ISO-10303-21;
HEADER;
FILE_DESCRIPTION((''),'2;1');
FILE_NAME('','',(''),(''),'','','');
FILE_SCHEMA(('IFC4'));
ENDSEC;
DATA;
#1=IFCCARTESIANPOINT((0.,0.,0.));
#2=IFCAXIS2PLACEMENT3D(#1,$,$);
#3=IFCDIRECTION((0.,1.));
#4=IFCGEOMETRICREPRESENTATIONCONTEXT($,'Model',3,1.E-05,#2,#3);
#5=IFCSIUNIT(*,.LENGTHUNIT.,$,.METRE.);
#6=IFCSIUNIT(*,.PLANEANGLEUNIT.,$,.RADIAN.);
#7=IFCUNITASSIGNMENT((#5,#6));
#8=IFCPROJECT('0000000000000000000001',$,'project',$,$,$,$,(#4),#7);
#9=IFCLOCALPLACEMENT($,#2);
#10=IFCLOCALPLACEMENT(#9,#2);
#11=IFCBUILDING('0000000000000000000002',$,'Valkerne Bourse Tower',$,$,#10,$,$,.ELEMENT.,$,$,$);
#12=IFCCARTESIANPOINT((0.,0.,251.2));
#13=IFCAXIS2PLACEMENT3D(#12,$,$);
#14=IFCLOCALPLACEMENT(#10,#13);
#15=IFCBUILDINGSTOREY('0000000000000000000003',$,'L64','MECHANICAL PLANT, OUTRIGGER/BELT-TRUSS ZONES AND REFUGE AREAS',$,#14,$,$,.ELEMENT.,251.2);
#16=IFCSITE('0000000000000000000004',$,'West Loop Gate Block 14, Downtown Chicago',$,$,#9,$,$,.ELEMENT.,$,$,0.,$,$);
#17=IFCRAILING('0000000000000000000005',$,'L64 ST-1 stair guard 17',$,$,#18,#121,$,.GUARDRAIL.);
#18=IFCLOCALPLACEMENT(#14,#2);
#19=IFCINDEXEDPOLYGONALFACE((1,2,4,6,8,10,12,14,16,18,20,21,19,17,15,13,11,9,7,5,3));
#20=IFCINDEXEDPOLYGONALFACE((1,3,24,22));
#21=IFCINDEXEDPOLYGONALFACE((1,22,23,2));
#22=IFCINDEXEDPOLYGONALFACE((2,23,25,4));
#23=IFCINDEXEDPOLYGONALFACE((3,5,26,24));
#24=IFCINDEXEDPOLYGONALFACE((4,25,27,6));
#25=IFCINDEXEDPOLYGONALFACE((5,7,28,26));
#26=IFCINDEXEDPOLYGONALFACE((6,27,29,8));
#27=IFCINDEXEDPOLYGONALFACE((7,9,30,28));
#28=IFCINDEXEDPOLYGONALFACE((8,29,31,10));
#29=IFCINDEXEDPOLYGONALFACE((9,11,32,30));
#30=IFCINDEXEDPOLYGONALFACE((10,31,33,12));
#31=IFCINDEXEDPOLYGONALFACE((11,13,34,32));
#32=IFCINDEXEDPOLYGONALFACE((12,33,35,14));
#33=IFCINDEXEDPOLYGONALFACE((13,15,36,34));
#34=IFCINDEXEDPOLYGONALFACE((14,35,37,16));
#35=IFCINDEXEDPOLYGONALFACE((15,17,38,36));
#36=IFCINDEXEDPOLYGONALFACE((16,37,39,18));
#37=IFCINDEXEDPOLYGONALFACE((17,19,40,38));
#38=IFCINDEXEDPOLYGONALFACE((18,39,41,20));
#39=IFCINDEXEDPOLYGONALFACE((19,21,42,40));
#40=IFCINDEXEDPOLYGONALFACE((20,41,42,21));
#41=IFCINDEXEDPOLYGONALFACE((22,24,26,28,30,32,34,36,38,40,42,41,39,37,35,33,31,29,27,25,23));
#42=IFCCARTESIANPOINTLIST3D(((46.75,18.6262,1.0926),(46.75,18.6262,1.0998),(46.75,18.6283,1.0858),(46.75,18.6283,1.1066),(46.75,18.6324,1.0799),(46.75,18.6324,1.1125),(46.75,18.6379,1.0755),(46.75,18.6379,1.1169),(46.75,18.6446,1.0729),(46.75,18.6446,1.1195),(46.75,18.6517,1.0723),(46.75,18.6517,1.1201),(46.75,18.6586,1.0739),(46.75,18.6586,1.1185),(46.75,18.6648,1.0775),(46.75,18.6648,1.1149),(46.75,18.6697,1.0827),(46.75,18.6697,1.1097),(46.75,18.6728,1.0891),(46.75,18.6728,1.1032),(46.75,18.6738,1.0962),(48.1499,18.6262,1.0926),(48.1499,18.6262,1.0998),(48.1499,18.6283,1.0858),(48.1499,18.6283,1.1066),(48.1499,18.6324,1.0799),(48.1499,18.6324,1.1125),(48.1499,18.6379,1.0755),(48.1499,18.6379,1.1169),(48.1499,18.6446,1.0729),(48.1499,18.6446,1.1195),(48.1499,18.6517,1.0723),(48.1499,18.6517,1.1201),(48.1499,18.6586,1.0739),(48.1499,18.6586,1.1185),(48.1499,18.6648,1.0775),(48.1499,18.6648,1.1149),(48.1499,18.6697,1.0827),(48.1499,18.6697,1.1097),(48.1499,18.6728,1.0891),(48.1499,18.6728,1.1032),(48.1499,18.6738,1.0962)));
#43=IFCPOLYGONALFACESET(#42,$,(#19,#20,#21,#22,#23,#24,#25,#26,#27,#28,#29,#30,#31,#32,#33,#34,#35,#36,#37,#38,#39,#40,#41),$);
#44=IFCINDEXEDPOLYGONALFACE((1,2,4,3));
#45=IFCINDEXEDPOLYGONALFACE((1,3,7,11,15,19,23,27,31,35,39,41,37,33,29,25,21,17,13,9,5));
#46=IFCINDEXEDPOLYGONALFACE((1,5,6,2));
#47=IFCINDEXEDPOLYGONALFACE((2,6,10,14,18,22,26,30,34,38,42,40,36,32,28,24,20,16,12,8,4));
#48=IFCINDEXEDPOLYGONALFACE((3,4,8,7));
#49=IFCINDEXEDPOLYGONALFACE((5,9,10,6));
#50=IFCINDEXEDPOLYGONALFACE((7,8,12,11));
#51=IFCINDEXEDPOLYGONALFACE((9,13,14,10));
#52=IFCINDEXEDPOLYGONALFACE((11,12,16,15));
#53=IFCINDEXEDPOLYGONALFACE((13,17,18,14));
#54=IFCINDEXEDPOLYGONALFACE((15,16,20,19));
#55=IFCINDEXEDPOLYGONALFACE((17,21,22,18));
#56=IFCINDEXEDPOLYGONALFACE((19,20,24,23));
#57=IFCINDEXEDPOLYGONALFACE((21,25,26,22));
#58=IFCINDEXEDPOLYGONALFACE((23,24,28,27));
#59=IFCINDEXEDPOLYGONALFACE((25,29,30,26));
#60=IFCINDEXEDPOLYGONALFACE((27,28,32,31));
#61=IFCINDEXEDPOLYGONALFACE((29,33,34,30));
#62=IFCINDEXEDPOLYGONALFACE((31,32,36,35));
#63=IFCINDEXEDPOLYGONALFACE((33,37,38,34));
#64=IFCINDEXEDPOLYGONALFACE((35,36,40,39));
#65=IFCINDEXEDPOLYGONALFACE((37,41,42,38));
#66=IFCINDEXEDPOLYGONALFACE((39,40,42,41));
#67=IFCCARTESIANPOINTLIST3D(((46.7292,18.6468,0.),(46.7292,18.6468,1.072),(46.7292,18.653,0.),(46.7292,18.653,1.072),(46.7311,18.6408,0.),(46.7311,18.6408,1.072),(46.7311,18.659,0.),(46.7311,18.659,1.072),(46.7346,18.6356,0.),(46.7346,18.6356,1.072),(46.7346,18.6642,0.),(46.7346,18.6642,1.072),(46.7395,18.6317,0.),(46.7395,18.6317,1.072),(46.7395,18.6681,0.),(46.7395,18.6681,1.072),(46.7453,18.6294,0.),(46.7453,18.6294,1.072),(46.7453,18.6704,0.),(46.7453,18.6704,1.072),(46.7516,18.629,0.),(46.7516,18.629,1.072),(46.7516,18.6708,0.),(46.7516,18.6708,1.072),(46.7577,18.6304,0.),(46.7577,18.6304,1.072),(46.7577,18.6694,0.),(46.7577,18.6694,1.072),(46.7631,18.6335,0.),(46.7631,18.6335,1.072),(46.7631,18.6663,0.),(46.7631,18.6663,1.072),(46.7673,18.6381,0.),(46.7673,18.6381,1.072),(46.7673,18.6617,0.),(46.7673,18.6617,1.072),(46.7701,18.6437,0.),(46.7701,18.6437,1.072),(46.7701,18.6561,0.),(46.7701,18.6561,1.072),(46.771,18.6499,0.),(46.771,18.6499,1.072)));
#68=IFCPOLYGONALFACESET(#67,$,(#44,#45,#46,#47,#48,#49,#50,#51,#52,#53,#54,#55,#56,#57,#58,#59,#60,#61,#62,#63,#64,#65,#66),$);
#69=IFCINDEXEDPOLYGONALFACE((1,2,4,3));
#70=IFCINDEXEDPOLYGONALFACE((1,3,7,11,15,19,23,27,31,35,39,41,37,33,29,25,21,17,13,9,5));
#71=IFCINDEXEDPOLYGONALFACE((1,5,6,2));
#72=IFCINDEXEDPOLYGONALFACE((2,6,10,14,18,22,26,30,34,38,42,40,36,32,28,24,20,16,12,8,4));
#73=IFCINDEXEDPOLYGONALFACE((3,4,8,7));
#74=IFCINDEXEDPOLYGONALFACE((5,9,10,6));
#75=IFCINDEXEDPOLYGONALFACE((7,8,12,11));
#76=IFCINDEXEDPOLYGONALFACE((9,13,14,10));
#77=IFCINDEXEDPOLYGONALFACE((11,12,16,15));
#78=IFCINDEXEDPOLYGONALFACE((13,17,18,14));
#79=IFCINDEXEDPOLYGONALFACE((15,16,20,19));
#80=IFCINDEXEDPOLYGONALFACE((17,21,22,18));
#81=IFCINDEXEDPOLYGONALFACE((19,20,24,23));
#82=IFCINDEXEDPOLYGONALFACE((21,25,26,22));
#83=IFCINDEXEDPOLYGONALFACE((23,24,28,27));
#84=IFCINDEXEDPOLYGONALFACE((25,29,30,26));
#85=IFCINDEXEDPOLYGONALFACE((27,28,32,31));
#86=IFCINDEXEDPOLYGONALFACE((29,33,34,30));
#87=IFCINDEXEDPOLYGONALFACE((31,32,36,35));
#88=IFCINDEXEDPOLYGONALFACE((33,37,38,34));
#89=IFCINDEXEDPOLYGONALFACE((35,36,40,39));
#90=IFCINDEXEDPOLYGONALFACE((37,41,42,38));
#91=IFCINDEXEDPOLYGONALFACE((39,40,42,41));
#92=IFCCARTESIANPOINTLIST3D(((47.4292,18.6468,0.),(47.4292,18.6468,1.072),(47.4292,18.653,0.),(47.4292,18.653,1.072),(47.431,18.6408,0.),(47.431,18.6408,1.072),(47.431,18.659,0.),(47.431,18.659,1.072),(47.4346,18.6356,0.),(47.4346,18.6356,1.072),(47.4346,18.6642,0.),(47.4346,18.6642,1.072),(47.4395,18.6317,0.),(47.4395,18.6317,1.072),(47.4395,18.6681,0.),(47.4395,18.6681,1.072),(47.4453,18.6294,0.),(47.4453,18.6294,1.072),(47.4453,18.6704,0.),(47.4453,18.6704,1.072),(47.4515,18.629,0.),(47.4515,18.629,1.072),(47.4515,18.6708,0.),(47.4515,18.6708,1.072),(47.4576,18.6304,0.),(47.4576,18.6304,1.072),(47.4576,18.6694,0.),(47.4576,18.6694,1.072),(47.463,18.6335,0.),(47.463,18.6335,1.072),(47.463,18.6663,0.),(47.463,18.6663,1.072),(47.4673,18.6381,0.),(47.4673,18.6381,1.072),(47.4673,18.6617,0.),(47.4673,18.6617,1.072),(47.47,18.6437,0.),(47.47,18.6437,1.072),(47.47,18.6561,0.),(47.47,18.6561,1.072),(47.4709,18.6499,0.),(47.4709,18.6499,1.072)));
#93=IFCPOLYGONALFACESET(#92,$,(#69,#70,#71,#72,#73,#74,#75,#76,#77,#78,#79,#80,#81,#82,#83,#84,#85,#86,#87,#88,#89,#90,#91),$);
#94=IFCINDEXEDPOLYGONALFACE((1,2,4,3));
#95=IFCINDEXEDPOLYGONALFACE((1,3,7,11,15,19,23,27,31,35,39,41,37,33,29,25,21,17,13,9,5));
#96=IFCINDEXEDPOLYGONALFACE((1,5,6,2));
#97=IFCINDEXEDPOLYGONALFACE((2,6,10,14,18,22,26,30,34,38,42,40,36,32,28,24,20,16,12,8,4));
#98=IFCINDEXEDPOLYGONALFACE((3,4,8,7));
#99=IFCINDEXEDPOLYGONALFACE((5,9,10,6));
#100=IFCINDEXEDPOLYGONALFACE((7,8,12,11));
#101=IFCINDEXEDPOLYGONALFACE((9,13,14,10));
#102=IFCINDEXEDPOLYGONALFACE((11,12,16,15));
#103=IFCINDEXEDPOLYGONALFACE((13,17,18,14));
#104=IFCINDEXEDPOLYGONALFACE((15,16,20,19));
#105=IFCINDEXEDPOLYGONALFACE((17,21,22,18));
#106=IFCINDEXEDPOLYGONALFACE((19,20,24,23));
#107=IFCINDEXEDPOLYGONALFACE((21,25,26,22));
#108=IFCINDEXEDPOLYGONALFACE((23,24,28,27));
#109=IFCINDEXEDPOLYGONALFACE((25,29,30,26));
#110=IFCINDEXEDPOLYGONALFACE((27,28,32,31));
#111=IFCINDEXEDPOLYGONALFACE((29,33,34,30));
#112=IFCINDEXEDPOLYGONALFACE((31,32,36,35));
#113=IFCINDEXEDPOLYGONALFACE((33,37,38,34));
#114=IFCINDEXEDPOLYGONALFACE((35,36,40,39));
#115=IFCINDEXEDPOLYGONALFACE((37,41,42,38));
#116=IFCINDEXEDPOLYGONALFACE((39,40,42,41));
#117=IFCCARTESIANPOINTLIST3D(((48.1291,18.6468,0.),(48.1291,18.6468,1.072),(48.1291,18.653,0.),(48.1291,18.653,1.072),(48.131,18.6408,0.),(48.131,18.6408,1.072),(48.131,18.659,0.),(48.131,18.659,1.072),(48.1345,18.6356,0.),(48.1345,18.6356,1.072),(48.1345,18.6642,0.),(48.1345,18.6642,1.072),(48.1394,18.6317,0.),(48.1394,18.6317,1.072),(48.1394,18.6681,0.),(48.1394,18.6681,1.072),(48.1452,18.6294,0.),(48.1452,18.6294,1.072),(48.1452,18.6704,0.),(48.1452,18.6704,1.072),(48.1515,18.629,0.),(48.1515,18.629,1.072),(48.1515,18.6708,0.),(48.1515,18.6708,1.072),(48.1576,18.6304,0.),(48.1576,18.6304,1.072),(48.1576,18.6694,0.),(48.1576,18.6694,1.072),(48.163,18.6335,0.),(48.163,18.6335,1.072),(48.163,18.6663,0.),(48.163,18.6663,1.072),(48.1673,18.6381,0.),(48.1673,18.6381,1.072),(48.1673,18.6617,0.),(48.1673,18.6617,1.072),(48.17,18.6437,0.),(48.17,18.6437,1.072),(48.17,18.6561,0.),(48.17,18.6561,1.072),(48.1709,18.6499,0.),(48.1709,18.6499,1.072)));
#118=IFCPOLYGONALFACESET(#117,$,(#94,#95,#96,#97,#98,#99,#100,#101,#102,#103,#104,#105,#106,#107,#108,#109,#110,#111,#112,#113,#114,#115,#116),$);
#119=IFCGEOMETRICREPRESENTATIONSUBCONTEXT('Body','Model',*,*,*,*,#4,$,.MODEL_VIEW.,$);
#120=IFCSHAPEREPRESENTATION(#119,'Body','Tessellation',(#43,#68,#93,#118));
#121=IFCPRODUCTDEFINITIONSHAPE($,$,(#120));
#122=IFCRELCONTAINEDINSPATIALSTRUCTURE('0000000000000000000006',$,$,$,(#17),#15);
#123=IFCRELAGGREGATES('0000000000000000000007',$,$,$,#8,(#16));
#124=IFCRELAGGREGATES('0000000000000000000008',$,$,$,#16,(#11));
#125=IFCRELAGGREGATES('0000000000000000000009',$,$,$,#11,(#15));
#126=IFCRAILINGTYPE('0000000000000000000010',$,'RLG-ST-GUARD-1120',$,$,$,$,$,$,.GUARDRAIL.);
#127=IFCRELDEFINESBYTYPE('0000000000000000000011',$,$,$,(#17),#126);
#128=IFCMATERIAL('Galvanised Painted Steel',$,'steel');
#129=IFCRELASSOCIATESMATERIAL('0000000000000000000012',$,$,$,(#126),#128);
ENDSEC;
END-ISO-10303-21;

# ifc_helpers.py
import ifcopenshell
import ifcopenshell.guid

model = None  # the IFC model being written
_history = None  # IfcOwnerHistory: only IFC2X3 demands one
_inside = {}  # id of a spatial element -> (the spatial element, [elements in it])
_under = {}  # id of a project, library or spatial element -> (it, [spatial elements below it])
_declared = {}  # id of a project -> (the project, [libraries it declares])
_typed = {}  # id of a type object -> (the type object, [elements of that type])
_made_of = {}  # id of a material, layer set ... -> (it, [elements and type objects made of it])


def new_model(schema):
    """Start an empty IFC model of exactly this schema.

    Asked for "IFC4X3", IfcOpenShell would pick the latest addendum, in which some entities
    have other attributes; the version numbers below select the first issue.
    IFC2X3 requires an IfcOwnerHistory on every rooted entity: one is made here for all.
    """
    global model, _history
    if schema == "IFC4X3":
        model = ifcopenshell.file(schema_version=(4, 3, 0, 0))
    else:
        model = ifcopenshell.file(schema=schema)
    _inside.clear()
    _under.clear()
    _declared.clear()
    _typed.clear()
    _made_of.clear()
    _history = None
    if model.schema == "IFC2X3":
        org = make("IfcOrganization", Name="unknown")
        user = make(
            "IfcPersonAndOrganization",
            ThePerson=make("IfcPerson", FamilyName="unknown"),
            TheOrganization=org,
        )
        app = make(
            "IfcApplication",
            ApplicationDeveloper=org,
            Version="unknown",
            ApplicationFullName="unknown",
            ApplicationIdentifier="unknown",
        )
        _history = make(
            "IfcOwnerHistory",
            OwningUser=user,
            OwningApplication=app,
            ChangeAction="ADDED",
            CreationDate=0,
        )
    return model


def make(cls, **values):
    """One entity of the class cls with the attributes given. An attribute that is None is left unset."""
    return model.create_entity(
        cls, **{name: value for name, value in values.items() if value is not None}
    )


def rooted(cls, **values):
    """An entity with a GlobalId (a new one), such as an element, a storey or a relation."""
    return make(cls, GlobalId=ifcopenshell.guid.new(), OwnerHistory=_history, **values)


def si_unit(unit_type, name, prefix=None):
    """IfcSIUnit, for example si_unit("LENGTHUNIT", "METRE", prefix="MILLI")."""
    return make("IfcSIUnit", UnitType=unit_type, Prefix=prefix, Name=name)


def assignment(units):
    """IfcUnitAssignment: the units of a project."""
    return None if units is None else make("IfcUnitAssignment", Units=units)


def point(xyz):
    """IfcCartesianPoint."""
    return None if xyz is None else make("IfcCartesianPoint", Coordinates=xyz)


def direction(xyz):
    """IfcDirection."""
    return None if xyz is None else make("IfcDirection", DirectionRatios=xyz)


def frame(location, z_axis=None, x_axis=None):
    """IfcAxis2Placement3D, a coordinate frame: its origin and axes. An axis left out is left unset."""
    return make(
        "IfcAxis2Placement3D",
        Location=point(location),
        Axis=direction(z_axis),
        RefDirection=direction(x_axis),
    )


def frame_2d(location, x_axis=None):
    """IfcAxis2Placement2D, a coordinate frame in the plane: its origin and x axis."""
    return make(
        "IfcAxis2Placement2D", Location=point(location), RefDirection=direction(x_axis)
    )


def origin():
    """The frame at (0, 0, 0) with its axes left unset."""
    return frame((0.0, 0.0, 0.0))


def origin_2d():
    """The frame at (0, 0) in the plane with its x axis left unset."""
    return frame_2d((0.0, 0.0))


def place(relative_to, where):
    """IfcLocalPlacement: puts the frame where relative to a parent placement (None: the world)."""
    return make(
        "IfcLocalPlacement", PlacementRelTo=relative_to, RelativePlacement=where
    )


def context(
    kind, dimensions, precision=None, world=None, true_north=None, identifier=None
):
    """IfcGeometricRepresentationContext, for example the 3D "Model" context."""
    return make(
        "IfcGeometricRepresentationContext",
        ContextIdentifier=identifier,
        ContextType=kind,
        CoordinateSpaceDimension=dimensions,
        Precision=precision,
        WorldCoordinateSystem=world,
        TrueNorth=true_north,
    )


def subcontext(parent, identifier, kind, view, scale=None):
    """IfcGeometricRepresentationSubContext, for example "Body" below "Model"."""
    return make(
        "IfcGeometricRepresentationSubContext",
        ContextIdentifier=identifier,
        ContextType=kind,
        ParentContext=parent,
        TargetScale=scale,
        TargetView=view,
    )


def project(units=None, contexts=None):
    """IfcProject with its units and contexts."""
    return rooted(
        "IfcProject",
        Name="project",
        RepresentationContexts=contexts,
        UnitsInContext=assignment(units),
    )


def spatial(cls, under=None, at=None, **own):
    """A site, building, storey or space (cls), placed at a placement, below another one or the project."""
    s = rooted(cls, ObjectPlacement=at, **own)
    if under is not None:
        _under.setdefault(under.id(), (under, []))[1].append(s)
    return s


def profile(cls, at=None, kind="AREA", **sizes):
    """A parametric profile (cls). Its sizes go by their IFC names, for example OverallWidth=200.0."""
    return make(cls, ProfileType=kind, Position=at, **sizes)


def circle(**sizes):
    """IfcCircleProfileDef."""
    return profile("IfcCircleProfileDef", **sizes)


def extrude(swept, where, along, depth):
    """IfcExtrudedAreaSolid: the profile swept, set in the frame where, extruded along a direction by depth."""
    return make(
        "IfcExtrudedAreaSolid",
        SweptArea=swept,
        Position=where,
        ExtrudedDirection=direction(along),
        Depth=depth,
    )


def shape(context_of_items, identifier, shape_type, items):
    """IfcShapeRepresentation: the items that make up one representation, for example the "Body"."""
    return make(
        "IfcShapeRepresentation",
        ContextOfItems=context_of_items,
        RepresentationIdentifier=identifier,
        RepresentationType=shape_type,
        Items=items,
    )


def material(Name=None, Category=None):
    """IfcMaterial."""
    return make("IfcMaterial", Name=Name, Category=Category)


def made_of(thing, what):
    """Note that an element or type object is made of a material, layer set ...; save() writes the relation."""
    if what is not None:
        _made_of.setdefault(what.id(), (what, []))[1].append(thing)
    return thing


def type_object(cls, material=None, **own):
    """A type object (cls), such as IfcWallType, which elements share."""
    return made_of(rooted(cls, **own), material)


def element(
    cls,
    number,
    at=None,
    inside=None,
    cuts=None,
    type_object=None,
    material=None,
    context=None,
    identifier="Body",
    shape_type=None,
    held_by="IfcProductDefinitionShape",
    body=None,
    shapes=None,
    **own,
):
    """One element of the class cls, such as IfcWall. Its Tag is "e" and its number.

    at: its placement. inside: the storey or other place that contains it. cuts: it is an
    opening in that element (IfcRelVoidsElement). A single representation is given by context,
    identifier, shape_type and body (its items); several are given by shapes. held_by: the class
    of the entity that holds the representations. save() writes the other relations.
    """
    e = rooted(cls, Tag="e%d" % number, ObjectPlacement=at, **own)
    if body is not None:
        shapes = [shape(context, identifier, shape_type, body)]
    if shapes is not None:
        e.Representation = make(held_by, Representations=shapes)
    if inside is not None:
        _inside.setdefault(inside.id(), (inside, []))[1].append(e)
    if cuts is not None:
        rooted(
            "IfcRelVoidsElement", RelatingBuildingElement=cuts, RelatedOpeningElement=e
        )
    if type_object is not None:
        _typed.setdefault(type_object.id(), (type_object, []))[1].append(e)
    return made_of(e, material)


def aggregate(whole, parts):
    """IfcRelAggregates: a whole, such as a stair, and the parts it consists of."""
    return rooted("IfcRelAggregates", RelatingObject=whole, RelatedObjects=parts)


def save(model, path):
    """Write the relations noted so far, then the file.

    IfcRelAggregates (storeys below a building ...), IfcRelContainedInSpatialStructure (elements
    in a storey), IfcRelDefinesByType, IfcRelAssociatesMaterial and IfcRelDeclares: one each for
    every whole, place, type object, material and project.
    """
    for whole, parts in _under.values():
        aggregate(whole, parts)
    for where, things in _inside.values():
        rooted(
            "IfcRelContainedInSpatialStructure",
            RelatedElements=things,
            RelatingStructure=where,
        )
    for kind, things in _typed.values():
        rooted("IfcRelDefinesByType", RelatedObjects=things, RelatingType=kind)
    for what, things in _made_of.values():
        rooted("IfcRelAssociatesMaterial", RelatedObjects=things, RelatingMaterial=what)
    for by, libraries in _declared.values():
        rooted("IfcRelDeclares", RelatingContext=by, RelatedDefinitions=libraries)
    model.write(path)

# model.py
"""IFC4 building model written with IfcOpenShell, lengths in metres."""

from ifc_helpers import new_model, si_unit, direction, frame, origin, origin_2d, place, context, subcontext, project, spatial, circle, extrude, material, type_object, element, save


model = new_model("IFC4")

# Units and contexts
model_context = context("Model", 3, precision=1e-05, world=origin(), true_north=direction((0.0, 1.0)))
body_context = subcontext(model_context, "Body", "Model", "MODEL_VIEW")
ifc_project = project(units=[si_unit("LENGTHUNIT", "METRE"), si_unit("PLANEANGLEUNIT", "RADIAN")], contexts=[model_context])

# Site, building, storey
site_placement = place(None, origin())
site = spatial("IfcSite", under=ifc_project, at=site_placement, Name="West Loop Gate Block 14, Downtown Chicago", CompositionType="ELEMENT", RefElevation=0.0)
building_placement = place(site_placement, origin())
building = spatial("IfcBuilding", under=site, at=building_placement, Name="Valkerne Bourse Tower", CompositionType="ELEMENT")
storey_placement = place(building_placement, frame((0.0, 0.0, 251.2)))
storey = spatial("IfcBuildingStorey", under=building, at=storey_placement, Name="L64", Description="MECHANICAL PLANT, OUTRIGGER/BELT-TRUSS ZONES AND REFUGE AREAS", CompositionType="ELEMENT", Elevation=251.2)

# Railing
ifc_material_1 = material(Name="Galvanised Painted Steel", Category="steel")
railing_type_1 = type_object("IfcRailingType", Name="RLG-ST-GUARD-1120", PredefinedType="GUARDRAIL", material=ifc_material_1)
railing_1_placement = place(storey_placement, frame((46.75, 18.6499, 0.0)))
element("IfcRailing", 1, at=railing_1_placement, inside=storey, type_object=railing_type_1, Name="L64 ST-1 stair guard 17", PredefinedType="GUARDRAIL", context=body_context, shape_type="SweptSolid", body=[
    extrude(circle(Radius=0.0239, at=origin_2d()), frame((0.0, 0.0, 1.0962), z_axis=(1.0, 0.0, 0.0), x_axis=(0.0, 1.0, 0.0)), (0.0, 0.0, 1.0), 1.3999),
    extrude(circle(Radius=0.021, at=origin_2d()), origin(), (0.0, 0.0, 1.0), 1.072),
    extrude(circle(Radius=0.021, at=origin_2d()), frame((0.7, 0.0, 0.0)), (0.0, 0.0, 1.0), 1.072),
    extrude(circle(Radius=0.021, at=origin_2d()), frame((1.3999, 0.0, 0.0)), (0.0, 0.0, 1.0), 1.072),
])

save(model, "model.ifc")
